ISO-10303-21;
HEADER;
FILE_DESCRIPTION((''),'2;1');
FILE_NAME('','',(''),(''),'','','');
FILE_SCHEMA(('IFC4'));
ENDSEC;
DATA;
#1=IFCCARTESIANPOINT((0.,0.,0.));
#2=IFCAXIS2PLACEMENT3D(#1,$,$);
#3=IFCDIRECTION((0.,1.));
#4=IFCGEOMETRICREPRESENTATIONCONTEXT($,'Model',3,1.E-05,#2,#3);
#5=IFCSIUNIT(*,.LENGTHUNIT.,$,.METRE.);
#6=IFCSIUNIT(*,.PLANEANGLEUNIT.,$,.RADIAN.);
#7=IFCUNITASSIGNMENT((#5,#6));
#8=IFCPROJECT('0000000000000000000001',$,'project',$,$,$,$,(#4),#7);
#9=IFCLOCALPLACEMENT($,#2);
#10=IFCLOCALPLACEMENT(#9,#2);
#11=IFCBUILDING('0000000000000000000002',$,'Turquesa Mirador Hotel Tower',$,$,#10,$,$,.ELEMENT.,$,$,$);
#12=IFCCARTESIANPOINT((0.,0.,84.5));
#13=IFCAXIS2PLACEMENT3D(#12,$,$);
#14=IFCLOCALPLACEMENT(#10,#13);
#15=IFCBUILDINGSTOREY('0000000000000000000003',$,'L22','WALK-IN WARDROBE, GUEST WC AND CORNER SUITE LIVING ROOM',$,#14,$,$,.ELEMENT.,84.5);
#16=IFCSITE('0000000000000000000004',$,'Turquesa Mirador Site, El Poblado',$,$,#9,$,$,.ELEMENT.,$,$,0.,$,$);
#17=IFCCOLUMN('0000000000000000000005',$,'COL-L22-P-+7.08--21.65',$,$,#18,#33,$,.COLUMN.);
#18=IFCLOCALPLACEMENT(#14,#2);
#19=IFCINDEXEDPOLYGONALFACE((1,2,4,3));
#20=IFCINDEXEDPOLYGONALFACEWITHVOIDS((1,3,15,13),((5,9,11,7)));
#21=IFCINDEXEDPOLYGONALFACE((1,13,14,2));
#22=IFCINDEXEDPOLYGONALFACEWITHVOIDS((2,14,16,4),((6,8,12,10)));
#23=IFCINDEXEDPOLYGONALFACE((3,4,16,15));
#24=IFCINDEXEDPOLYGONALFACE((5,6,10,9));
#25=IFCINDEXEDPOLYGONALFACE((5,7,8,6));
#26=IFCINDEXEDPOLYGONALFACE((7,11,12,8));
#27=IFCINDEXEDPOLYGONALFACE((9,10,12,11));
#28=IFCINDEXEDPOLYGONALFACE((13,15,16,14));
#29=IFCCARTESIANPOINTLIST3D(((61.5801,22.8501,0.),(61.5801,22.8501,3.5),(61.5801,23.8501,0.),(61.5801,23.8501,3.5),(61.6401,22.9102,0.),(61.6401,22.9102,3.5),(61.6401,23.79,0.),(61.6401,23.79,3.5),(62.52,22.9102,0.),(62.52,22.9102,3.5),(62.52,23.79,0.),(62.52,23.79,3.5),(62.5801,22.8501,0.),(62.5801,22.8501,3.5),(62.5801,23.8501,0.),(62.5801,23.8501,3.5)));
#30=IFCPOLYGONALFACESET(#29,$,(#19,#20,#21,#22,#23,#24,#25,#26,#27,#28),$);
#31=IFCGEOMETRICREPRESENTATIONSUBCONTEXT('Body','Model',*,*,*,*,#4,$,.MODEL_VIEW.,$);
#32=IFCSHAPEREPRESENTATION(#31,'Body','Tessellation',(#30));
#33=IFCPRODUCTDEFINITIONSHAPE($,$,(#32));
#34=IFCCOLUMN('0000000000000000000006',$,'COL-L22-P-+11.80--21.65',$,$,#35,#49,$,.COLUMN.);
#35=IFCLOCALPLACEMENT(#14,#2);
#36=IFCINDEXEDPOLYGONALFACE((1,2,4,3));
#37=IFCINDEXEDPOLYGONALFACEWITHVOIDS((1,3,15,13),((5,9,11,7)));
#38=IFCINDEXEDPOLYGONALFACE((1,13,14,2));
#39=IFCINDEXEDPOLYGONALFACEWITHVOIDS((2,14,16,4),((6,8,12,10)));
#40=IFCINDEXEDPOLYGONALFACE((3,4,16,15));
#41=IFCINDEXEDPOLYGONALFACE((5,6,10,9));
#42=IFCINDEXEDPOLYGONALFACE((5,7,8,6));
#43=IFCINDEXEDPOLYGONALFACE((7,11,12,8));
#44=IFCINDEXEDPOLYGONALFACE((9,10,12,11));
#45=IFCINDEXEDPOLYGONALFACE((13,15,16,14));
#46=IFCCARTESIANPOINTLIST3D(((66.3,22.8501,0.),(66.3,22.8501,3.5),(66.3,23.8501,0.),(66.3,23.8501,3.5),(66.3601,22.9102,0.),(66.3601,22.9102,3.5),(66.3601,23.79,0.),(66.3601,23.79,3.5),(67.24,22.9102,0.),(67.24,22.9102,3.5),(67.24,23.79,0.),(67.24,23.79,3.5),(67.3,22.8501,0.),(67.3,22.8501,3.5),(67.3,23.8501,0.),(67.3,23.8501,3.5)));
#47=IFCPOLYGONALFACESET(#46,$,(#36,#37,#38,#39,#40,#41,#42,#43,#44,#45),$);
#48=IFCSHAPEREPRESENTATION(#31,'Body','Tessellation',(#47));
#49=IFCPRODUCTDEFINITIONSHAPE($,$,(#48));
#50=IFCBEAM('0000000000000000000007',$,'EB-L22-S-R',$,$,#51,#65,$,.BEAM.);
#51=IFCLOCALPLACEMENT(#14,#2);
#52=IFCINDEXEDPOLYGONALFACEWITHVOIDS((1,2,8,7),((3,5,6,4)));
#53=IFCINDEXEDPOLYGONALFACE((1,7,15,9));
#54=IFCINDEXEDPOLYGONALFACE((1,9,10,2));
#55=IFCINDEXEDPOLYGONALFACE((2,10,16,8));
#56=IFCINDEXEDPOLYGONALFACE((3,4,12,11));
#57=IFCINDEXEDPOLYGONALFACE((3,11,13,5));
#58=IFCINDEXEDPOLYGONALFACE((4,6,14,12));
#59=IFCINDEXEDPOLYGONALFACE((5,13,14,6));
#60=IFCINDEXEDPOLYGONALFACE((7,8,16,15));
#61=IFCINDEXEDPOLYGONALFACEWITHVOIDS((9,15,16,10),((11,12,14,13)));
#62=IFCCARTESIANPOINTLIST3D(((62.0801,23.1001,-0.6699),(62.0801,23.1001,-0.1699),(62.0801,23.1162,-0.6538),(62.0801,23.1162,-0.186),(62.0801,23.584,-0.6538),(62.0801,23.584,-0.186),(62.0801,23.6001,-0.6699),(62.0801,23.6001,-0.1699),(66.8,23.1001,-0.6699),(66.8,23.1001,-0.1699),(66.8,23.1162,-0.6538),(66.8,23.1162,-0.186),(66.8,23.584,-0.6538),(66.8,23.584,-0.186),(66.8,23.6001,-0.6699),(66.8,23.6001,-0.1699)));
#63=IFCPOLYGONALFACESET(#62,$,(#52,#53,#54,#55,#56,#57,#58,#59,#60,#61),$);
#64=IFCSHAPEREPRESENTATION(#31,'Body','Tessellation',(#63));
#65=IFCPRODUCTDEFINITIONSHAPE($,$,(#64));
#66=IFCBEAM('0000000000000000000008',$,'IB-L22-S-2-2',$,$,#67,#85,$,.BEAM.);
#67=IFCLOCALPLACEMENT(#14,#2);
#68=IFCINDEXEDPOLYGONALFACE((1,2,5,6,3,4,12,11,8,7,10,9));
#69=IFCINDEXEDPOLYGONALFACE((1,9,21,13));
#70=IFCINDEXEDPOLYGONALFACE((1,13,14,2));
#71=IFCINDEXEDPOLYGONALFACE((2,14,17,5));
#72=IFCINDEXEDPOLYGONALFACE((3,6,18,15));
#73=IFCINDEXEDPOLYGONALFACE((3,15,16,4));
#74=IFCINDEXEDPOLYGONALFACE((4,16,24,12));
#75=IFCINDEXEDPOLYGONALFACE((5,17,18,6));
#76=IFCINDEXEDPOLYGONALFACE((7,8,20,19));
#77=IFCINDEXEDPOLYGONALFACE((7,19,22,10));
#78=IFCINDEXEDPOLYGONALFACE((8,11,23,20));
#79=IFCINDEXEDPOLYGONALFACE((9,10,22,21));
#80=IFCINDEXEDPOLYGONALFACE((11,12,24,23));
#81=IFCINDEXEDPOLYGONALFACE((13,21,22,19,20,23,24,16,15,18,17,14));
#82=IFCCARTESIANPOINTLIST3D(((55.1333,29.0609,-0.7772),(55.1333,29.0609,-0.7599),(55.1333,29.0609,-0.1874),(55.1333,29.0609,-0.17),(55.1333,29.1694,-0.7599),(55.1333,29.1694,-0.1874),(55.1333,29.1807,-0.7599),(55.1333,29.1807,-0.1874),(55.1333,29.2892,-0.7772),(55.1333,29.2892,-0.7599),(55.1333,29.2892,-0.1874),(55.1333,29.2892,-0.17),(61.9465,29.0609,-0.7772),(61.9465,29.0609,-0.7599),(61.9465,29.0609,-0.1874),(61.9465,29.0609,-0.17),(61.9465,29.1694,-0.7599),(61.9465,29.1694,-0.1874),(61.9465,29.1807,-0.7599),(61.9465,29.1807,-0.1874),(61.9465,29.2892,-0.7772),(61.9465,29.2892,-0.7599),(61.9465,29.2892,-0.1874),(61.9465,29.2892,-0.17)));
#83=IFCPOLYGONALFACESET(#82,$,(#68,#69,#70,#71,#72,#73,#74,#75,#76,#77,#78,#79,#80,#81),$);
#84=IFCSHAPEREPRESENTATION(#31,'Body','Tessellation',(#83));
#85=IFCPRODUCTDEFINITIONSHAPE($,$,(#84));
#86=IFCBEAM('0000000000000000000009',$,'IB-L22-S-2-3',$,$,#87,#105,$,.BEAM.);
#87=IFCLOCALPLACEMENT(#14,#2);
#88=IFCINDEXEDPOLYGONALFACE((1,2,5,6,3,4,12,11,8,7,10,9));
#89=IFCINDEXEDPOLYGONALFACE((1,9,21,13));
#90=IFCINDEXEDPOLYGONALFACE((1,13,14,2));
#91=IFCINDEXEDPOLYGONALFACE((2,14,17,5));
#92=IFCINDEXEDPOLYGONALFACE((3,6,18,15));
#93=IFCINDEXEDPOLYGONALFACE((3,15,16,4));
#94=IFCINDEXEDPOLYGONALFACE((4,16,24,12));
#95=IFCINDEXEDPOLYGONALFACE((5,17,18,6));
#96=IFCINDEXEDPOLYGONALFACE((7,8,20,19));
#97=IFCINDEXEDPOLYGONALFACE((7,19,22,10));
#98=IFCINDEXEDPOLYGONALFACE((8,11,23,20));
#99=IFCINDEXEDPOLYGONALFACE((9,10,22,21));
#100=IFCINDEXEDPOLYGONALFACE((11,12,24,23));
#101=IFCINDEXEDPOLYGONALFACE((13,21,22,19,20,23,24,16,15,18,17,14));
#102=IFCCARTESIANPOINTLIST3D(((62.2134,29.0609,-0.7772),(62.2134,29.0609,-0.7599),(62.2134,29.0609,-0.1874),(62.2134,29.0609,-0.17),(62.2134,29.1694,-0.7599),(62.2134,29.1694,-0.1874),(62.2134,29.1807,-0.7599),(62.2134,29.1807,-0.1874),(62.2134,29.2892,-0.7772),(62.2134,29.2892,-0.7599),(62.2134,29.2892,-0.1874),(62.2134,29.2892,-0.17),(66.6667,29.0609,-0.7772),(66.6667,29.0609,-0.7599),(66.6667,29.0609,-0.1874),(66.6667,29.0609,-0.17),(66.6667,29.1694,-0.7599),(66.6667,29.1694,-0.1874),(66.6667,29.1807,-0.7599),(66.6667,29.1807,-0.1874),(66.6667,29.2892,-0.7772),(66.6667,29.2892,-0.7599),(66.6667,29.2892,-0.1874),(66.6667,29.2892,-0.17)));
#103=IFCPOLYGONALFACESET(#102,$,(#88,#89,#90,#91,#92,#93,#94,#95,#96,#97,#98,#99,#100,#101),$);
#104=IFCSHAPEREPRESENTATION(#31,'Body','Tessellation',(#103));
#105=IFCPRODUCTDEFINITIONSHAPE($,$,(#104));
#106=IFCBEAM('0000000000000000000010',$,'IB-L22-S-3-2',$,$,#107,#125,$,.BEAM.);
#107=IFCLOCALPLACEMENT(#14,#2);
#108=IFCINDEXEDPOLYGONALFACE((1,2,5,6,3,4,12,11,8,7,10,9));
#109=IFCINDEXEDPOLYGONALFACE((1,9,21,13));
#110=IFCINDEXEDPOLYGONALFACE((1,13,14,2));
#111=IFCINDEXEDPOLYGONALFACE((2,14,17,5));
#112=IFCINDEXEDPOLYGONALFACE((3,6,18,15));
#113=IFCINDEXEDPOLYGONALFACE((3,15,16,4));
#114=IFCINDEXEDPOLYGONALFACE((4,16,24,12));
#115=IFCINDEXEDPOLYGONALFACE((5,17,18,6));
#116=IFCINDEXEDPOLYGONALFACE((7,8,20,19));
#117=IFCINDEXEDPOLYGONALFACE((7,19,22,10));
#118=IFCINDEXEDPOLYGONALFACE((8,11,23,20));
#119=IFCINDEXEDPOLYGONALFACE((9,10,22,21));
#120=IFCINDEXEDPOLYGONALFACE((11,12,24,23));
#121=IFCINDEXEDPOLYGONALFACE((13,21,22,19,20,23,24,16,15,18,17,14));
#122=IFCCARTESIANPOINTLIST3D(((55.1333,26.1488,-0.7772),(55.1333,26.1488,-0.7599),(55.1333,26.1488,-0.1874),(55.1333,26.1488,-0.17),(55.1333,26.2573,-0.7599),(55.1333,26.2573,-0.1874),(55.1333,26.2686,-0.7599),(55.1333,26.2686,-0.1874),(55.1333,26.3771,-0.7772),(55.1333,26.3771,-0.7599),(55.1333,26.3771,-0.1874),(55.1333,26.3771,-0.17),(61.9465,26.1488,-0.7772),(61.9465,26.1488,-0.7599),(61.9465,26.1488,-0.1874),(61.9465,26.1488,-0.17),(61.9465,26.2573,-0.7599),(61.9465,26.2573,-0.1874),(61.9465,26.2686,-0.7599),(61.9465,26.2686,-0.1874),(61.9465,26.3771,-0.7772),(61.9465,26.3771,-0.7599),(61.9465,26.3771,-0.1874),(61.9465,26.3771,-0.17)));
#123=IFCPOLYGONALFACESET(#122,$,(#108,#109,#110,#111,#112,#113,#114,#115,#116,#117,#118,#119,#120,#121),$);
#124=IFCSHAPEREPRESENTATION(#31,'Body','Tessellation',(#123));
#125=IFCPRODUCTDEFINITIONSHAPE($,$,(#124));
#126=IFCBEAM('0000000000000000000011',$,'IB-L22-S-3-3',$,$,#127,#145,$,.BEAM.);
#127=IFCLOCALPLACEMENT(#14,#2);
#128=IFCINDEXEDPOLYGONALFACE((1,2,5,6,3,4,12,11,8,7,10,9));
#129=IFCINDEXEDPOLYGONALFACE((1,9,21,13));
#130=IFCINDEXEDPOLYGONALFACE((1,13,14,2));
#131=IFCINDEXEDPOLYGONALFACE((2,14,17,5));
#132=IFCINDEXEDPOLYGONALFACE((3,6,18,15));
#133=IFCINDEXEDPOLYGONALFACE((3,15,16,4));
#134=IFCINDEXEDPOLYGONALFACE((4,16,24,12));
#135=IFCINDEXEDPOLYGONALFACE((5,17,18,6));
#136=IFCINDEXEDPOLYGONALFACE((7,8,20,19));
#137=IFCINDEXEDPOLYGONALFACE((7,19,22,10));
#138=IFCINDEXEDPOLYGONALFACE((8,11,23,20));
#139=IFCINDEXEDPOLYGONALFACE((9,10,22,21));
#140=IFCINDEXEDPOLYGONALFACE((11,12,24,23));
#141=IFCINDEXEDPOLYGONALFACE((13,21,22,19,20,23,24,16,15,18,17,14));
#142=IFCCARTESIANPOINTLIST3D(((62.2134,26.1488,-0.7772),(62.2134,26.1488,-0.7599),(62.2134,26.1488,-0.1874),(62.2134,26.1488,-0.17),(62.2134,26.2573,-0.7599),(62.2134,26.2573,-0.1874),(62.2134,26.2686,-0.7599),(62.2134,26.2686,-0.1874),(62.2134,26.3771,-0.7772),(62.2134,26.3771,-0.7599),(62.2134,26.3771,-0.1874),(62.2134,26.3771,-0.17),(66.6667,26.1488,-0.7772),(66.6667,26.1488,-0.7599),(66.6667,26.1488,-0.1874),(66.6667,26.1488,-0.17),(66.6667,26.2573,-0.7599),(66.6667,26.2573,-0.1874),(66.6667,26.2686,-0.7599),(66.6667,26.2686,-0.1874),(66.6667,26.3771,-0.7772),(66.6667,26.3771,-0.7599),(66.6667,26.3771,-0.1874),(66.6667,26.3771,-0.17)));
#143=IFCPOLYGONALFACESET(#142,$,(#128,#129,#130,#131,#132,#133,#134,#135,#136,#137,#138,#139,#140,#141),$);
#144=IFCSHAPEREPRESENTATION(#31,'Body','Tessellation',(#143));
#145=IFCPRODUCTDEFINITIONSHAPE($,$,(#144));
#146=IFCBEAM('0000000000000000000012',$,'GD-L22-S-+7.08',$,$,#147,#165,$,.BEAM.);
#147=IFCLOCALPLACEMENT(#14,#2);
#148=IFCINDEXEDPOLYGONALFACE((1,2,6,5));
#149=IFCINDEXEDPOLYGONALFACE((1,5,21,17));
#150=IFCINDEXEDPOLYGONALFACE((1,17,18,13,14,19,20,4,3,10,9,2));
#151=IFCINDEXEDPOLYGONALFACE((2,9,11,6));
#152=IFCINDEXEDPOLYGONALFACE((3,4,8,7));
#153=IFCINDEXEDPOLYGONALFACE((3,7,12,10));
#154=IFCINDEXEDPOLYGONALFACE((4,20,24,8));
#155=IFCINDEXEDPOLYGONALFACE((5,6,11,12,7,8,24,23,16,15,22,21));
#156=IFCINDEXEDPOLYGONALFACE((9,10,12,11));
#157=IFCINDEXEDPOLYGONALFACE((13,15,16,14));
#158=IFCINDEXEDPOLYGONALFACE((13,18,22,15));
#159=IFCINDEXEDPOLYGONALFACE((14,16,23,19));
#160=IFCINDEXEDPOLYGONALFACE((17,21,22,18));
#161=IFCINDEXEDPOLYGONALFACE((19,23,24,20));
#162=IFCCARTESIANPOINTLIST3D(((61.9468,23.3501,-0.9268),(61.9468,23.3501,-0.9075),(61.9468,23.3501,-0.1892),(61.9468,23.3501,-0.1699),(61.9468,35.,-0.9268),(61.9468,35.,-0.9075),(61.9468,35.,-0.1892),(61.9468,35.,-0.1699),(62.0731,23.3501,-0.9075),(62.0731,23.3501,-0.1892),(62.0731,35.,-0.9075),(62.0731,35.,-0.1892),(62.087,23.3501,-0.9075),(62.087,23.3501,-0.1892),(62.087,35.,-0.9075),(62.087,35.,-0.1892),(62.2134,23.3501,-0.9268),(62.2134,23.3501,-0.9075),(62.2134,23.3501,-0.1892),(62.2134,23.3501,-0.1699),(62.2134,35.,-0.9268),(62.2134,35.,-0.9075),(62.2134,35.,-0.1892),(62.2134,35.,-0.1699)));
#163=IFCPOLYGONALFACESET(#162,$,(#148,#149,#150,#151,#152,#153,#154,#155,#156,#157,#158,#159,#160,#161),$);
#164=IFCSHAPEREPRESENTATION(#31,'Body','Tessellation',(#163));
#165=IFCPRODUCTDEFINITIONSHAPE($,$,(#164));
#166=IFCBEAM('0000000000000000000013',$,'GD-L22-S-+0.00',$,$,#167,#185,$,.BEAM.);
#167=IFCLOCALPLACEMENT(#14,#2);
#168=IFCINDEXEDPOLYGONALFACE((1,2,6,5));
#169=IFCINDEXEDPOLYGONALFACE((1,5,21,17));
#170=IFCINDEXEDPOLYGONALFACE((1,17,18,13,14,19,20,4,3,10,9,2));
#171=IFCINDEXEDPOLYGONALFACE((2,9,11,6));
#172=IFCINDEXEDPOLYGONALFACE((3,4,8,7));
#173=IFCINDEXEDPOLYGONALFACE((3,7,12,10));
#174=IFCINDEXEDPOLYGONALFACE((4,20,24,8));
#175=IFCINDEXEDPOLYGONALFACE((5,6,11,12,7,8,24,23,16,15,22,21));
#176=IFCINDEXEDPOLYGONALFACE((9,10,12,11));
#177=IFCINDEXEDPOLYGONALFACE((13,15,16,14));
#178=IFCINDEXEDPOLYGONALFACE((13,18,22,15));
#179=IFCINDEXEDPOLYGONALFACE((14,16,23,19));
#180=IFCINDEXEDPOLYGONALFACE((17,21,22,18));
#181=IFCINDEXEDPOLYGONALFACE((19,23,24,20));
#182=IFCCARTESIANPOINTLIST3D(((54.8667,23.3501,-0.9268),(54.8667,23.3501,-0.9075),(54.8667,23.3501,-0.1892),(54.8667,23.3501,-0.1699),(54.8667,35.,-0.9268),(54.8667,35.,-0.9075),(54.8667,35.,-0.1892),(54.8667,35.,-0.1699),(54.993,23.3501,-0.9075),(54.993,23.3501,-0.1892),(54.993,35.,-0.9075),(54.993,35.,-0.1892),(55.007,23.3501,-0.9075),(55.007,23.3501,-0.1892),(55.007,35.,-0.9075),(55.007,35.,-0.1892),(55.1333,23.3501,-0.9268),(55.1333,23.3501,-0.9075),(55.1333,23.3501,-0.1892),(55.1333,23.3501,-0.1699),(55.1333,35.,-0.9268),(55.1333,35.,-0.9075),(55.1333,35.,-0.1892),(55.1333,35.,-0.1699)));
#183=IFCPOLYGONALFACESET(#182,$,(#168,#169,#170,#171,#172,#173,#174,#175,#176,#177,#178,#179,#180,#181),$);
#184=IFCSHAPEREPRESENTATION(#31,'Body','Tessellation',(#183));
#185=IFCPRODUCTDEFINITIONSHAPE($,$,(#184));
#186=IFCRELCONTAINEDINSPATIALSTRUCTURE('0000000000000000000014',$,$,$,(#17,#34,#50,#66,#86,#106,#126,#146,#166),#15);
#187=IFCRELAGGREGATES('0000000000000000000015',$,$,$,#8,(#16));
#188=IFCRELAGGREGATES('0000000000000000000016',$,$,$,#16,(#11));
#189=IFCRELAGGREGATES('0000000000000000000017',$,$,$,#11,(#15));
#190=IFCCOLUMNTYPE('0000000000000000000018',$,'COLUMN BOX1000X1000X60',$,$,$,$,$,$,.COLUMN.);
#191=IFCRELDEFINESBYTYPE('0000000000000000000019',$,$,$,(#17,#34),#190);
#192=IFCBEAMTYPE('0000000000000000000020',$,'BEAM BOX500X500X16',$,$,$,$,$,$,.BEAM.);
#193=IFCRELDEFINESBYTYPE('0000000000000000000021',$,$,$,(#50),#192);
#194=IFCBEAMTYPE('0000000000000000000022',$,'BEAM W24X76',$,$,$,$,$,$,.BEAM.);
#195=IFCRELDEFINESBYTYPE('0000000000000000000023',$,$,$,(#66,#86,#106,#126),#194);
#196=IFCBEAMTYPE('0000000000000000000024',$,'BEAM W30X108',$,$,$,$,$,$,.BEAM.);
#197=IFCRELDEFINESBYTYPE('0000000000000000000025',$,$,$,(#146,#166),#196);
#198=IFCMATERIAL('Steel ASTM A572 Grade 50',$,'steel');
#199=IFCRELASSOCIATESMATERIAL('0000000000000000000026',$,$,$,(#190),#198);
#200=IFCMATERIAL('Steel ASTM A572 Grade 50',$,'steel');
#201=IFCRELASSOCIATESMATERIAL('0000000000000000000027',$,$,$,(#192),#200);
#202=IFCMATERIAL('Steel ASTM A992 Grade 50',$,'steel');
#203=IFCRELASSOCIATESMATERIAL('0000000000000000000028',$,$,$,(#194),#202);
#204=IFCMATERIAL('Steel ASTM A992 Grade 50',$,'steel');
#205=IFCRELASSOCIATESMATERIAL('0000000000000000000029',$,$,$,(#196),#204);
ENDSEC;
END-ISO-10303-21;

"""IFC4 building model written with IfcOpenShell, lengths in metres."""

from ifc_helpers import new_model, si_unit, direction, frame, origin, origin_2d, place, context, subcontext, project, spatial, hollow_rectangle, i_section, extrude, material, material_profile, profile_set, type_object, element, save


model = new_model("IFC4")

# Units and contexts
model_context = context("Model", 3, precision=1e-05, world=origin(), true_north=direction((0.0, 1.0)))
body_context = subcontext(model_context, "Body", "Model", "MODEL_VIEW")
ifc_project = project(units=[si_unit("LENGTHUNIT", "METRE"), si_unit("PLANEANGLEUNIT", "RADIAN")], contexts=[model_context])

# Site, building, storey
site_placement = place(None, origin())
site = spatial("IfcSite", under=ifc_project, at=site_placement, Name="Turquesa Mirador Site, El Poblado", CompositionType="ELEMENT", RefElevation=0.0)
building_placement = place(site_placement, origin())
building = spatial("IfcBuilding", under=site, at=building_placement, Name="Turquesa Mirador Hotel Tower", CompositionType="ELEMENT")
storey_placement = place(building_placement, frame((0.0, 0.0, 84.5)))
storey = spatial("IfcBuildingStorey", under=building, at=storey_placement, Name="L22", Description="WALK-IN WARDROBE, GUEST WC AND CORNER SUITE LIVING ROOM", CompositionType="ELEMENT", Elevation=84.5)

# Columns
ifc_material_1 = material(Name="Steel ASTM A572 Grade 50", Category="steel")
ifc_material_profile_1 = material_profile(ifc_material_1, hollow_rectangle(XDim=1.0, YDim=1.0, WallThickness=0.0601, at=origin_2d()), Name="BOX1000X1000X60")
ifc_profile_set_1 = profile_set([ifc_material_profile_1], Name="Steel ASTM A572 Grade 50")
column_type = type_object("IfcColumnType", Name="COLUMN BOX1000X1000X60", PredefinedType="COLUMN", material=ifc_profile_set_1)
for number, where, z_axis, x_axis, name in (
    (1, (62.0801, 23.3501, 0.0), (0.0, 0.0, 1.0), (1.0, 0.0, 0.0), "COL-L22-P-+7.08--21.65"),
    (2, (66.8, 23.3501, 0.0), (0.0, 0.0, 1.0), (1.0, 0.0, 0.0), "COL-L22-P-+11.80--21.65"),
):
    element("IfcColumn", number, at=place(storey_placement, frame(where, z_axis=z_axis, x_axis=x_axis)), inside=storey, type_object=column_type, Name=name, PredefinedType="COLUMN", context=body_context, shape_type="SweptSolid", body=[
        extrude(hollow_rectangle(XDim=1.0, YDim=1.0, WallThickness=0.0601, at=origin_2d()), origin(), (0.0, 0.0, 1.0), 3.5),
    ])

# Beams
ifc_material_2 = material(Name="Steel ASTM A572 Grade 50", Category="steel")
ifc_material_profile_2 = material_profile(ifc_material_2, hollow_rectangle(XDim=0.5, YDim=0.5, WallThickness=0.0161, at=origin_2d()), Name="BOX500X500X16")
ifc_profile_set_2 = profile_set([ifc_material_profile_2], Name="Steel ASTM A572 Grade 50")
beam_type_1 = type_object("IfcBeamType", Name="BEAM BOX500X500X16", PredefinedType="BEAM", material=ifc_profile_set_2)
beam_1_placement = place(storey_placement, frame((62.0801, 23.3501, -0.4199), z_axis=(1.0, 0.0, 0.0), x_axis=(0.0, 1.0, 0.0)))
element("IfcBeam", 3, at=beam_1_placement, inside=storey, type_object=beam_type_1, Name="EB-L22-S-R", PredefinedType="BEAM", context=body_context, shape_type="SweptSolid", body=[
    extrude(hollow_rectangle(XDim=0.5, YDim=0.5, WallThickness=0.0161, at=origin_2d()), origin(), (0.0, 0.0, 1.0), 4.72),
])
ifc_material_3 = material(Name="Steel ASTM A992 Grade 50", Category="steel")
ifc_material_profile_3 = material_profile(ifc_material_3, i_section(OverallWidth=0.2283, OverallDepth=0.6072, WebThickness=0.0112, FlangeThickness=0.0173, at=origin_2d()), Name="W24X76")
ifc_profile_set_3 = profile_set([ifc_material_profile_3], Name="Steel ASTM A992 Grade 50")
beam_type_2 = type_object("IfcBeamType", Name="BEAM W24X76", PredefinedType="BEAM", material=ifc_profile_set_3)
beam_2_placement = place(storey_placement, frame((55.1333, 29.175, -0.4736), z_axis=(1.0, 0.0, 0.0), x_axis=(0.0, 1.0, 0.0)))
element("IfcBeam", 4, at=beam_2_placement, inside=storey, type_object=beam_type_2, Name="IB-L22-S-2-2", PredefinedType="BEAM", context=body_context, shape_type="SweptSolid", body=[
    extrude(i_section(OverallWidth=0.2283, OverallDepth=0.6072, WebThickness=0.0112, FlangeThickness=0.0173, at=origin_2d()), origin(), (0.0, 0.0, 1.0), 6.8132),
])
beam_3_placement = place(storey_placement, frame((62.2134, 29.175, -0.4736), z_axis=(1.0, 0.0, 0.0), x_axis=(0.0, 1.0, 0.0)))
element("IfcBeam", 5, at=beam_3_placement, inside=storey, type_object=beam_type_2, Name="IB-L22-S-2-3", PredefinedType="BEAM", context=body_context, shape_type="SweptSolid", body=[
    extrude(i_section(OverallWidth=0.2283, OverallDepth=0.6072, WebThickness=0.0112, FlangeThickness=0.0173, at=origin_2d()), origin(), (0.0, 0.0, 1.0), 4.4534),
])
beam_4_placement = place(storey_placement, frame((55.1333, 26.2629, -0.4736), z_axis=(1.0, 0.0, 0.0), x_axis=(0.0, 1.0, 0.0)))
element("IfcBeam", 6, at=beam_4_placement, inside=storey, type_object=beam_type_2, Name="IB-L22-S-3-2", PredefinedType="BEAM", context=body_context, shape_type="SweptSolid", body=[
    extrude(i_section(OverallWidth=0.2283, OverallDepth=0.6072, WebThickness=0.0112, FlangeThickness=0.0173, at=origin_2d()), origin(), (0.0, 0.0, 1.0), 6.8132),
])
beam_5_placement = place(storey_placement, frame((62.2134, 26.2629, -0.4736), z_axis=(1.0, 0.0, 0.0), x_axis=(0.0, 1.0, 0.0)))
element("IfcBeam", 7, at=beam_5_placement, inside=storey, type_object=beam_type_2, Name="IB-L22-S-3-3", PredefinedType="BEAM", context=body_context, shape_type="SweptSolid", body=[
    extrude(i_section(OverallWidth=0.2283, OverallDepth=0.6072, WebThickness=0.0112, FlangeThickness=0.0173, at=origin_2d()), origin(), (0.0, 0.0, 1.0), 4.4534),
])
ifc_material_4 = material(Name="Steel ASTM A992 Grade 50", Category="steel")
ifc_material_profile_4 = material_profile(ifc_material_4, i_section(OverallWidth=0.2666, OverallDepth=0.7568, WebThickness=0.0139, FlangeThickness=0.0193, at=origin_2d()), Name="W30X108")
ifc_profile_set_4 = profile_set([ifc_material_profile_4], Name="Steel ASTM A992 Grade 50")
beam_type_3 = type_object("IfcBeamType", Name="BEAM W30X108", PredefinedType="BEAM", material=ifc_profile_set_4)
for number, where, z_axis, x_axis, name in (
    (8, (62.0801, 23.3501, -0.5483), (0.0, 1.0, 0.0), (-1.0, 0.0, 0.0), "GD-L22-S-+7.08"),
    (9, (55.0, 23.3501, -0.5483), (0.0, 1.0, 0.0), (-1.0, 0.0, 0.0), "GD-L22-S-+0.00"),
):
    element("IfcBeam", number, at=place(storey_placement, frame(where, z_axis=z_axis, x_axis=x_axis)), inside=storey, type_object=beam_type_3, Name=name, PredefinedType="BEAM", context=body_context, shape_type="SweptSolid", body=[
        extrude(i_section(OverallWidth=0.2666, OverallDepth=0.7568, WebThickness=0.0139, FlangeThickness=0.0193, at=origin_2d()), origin(), (0.0, 0.0, 1.0), 11.6499),
    ])

save(model, "model.ifc")
